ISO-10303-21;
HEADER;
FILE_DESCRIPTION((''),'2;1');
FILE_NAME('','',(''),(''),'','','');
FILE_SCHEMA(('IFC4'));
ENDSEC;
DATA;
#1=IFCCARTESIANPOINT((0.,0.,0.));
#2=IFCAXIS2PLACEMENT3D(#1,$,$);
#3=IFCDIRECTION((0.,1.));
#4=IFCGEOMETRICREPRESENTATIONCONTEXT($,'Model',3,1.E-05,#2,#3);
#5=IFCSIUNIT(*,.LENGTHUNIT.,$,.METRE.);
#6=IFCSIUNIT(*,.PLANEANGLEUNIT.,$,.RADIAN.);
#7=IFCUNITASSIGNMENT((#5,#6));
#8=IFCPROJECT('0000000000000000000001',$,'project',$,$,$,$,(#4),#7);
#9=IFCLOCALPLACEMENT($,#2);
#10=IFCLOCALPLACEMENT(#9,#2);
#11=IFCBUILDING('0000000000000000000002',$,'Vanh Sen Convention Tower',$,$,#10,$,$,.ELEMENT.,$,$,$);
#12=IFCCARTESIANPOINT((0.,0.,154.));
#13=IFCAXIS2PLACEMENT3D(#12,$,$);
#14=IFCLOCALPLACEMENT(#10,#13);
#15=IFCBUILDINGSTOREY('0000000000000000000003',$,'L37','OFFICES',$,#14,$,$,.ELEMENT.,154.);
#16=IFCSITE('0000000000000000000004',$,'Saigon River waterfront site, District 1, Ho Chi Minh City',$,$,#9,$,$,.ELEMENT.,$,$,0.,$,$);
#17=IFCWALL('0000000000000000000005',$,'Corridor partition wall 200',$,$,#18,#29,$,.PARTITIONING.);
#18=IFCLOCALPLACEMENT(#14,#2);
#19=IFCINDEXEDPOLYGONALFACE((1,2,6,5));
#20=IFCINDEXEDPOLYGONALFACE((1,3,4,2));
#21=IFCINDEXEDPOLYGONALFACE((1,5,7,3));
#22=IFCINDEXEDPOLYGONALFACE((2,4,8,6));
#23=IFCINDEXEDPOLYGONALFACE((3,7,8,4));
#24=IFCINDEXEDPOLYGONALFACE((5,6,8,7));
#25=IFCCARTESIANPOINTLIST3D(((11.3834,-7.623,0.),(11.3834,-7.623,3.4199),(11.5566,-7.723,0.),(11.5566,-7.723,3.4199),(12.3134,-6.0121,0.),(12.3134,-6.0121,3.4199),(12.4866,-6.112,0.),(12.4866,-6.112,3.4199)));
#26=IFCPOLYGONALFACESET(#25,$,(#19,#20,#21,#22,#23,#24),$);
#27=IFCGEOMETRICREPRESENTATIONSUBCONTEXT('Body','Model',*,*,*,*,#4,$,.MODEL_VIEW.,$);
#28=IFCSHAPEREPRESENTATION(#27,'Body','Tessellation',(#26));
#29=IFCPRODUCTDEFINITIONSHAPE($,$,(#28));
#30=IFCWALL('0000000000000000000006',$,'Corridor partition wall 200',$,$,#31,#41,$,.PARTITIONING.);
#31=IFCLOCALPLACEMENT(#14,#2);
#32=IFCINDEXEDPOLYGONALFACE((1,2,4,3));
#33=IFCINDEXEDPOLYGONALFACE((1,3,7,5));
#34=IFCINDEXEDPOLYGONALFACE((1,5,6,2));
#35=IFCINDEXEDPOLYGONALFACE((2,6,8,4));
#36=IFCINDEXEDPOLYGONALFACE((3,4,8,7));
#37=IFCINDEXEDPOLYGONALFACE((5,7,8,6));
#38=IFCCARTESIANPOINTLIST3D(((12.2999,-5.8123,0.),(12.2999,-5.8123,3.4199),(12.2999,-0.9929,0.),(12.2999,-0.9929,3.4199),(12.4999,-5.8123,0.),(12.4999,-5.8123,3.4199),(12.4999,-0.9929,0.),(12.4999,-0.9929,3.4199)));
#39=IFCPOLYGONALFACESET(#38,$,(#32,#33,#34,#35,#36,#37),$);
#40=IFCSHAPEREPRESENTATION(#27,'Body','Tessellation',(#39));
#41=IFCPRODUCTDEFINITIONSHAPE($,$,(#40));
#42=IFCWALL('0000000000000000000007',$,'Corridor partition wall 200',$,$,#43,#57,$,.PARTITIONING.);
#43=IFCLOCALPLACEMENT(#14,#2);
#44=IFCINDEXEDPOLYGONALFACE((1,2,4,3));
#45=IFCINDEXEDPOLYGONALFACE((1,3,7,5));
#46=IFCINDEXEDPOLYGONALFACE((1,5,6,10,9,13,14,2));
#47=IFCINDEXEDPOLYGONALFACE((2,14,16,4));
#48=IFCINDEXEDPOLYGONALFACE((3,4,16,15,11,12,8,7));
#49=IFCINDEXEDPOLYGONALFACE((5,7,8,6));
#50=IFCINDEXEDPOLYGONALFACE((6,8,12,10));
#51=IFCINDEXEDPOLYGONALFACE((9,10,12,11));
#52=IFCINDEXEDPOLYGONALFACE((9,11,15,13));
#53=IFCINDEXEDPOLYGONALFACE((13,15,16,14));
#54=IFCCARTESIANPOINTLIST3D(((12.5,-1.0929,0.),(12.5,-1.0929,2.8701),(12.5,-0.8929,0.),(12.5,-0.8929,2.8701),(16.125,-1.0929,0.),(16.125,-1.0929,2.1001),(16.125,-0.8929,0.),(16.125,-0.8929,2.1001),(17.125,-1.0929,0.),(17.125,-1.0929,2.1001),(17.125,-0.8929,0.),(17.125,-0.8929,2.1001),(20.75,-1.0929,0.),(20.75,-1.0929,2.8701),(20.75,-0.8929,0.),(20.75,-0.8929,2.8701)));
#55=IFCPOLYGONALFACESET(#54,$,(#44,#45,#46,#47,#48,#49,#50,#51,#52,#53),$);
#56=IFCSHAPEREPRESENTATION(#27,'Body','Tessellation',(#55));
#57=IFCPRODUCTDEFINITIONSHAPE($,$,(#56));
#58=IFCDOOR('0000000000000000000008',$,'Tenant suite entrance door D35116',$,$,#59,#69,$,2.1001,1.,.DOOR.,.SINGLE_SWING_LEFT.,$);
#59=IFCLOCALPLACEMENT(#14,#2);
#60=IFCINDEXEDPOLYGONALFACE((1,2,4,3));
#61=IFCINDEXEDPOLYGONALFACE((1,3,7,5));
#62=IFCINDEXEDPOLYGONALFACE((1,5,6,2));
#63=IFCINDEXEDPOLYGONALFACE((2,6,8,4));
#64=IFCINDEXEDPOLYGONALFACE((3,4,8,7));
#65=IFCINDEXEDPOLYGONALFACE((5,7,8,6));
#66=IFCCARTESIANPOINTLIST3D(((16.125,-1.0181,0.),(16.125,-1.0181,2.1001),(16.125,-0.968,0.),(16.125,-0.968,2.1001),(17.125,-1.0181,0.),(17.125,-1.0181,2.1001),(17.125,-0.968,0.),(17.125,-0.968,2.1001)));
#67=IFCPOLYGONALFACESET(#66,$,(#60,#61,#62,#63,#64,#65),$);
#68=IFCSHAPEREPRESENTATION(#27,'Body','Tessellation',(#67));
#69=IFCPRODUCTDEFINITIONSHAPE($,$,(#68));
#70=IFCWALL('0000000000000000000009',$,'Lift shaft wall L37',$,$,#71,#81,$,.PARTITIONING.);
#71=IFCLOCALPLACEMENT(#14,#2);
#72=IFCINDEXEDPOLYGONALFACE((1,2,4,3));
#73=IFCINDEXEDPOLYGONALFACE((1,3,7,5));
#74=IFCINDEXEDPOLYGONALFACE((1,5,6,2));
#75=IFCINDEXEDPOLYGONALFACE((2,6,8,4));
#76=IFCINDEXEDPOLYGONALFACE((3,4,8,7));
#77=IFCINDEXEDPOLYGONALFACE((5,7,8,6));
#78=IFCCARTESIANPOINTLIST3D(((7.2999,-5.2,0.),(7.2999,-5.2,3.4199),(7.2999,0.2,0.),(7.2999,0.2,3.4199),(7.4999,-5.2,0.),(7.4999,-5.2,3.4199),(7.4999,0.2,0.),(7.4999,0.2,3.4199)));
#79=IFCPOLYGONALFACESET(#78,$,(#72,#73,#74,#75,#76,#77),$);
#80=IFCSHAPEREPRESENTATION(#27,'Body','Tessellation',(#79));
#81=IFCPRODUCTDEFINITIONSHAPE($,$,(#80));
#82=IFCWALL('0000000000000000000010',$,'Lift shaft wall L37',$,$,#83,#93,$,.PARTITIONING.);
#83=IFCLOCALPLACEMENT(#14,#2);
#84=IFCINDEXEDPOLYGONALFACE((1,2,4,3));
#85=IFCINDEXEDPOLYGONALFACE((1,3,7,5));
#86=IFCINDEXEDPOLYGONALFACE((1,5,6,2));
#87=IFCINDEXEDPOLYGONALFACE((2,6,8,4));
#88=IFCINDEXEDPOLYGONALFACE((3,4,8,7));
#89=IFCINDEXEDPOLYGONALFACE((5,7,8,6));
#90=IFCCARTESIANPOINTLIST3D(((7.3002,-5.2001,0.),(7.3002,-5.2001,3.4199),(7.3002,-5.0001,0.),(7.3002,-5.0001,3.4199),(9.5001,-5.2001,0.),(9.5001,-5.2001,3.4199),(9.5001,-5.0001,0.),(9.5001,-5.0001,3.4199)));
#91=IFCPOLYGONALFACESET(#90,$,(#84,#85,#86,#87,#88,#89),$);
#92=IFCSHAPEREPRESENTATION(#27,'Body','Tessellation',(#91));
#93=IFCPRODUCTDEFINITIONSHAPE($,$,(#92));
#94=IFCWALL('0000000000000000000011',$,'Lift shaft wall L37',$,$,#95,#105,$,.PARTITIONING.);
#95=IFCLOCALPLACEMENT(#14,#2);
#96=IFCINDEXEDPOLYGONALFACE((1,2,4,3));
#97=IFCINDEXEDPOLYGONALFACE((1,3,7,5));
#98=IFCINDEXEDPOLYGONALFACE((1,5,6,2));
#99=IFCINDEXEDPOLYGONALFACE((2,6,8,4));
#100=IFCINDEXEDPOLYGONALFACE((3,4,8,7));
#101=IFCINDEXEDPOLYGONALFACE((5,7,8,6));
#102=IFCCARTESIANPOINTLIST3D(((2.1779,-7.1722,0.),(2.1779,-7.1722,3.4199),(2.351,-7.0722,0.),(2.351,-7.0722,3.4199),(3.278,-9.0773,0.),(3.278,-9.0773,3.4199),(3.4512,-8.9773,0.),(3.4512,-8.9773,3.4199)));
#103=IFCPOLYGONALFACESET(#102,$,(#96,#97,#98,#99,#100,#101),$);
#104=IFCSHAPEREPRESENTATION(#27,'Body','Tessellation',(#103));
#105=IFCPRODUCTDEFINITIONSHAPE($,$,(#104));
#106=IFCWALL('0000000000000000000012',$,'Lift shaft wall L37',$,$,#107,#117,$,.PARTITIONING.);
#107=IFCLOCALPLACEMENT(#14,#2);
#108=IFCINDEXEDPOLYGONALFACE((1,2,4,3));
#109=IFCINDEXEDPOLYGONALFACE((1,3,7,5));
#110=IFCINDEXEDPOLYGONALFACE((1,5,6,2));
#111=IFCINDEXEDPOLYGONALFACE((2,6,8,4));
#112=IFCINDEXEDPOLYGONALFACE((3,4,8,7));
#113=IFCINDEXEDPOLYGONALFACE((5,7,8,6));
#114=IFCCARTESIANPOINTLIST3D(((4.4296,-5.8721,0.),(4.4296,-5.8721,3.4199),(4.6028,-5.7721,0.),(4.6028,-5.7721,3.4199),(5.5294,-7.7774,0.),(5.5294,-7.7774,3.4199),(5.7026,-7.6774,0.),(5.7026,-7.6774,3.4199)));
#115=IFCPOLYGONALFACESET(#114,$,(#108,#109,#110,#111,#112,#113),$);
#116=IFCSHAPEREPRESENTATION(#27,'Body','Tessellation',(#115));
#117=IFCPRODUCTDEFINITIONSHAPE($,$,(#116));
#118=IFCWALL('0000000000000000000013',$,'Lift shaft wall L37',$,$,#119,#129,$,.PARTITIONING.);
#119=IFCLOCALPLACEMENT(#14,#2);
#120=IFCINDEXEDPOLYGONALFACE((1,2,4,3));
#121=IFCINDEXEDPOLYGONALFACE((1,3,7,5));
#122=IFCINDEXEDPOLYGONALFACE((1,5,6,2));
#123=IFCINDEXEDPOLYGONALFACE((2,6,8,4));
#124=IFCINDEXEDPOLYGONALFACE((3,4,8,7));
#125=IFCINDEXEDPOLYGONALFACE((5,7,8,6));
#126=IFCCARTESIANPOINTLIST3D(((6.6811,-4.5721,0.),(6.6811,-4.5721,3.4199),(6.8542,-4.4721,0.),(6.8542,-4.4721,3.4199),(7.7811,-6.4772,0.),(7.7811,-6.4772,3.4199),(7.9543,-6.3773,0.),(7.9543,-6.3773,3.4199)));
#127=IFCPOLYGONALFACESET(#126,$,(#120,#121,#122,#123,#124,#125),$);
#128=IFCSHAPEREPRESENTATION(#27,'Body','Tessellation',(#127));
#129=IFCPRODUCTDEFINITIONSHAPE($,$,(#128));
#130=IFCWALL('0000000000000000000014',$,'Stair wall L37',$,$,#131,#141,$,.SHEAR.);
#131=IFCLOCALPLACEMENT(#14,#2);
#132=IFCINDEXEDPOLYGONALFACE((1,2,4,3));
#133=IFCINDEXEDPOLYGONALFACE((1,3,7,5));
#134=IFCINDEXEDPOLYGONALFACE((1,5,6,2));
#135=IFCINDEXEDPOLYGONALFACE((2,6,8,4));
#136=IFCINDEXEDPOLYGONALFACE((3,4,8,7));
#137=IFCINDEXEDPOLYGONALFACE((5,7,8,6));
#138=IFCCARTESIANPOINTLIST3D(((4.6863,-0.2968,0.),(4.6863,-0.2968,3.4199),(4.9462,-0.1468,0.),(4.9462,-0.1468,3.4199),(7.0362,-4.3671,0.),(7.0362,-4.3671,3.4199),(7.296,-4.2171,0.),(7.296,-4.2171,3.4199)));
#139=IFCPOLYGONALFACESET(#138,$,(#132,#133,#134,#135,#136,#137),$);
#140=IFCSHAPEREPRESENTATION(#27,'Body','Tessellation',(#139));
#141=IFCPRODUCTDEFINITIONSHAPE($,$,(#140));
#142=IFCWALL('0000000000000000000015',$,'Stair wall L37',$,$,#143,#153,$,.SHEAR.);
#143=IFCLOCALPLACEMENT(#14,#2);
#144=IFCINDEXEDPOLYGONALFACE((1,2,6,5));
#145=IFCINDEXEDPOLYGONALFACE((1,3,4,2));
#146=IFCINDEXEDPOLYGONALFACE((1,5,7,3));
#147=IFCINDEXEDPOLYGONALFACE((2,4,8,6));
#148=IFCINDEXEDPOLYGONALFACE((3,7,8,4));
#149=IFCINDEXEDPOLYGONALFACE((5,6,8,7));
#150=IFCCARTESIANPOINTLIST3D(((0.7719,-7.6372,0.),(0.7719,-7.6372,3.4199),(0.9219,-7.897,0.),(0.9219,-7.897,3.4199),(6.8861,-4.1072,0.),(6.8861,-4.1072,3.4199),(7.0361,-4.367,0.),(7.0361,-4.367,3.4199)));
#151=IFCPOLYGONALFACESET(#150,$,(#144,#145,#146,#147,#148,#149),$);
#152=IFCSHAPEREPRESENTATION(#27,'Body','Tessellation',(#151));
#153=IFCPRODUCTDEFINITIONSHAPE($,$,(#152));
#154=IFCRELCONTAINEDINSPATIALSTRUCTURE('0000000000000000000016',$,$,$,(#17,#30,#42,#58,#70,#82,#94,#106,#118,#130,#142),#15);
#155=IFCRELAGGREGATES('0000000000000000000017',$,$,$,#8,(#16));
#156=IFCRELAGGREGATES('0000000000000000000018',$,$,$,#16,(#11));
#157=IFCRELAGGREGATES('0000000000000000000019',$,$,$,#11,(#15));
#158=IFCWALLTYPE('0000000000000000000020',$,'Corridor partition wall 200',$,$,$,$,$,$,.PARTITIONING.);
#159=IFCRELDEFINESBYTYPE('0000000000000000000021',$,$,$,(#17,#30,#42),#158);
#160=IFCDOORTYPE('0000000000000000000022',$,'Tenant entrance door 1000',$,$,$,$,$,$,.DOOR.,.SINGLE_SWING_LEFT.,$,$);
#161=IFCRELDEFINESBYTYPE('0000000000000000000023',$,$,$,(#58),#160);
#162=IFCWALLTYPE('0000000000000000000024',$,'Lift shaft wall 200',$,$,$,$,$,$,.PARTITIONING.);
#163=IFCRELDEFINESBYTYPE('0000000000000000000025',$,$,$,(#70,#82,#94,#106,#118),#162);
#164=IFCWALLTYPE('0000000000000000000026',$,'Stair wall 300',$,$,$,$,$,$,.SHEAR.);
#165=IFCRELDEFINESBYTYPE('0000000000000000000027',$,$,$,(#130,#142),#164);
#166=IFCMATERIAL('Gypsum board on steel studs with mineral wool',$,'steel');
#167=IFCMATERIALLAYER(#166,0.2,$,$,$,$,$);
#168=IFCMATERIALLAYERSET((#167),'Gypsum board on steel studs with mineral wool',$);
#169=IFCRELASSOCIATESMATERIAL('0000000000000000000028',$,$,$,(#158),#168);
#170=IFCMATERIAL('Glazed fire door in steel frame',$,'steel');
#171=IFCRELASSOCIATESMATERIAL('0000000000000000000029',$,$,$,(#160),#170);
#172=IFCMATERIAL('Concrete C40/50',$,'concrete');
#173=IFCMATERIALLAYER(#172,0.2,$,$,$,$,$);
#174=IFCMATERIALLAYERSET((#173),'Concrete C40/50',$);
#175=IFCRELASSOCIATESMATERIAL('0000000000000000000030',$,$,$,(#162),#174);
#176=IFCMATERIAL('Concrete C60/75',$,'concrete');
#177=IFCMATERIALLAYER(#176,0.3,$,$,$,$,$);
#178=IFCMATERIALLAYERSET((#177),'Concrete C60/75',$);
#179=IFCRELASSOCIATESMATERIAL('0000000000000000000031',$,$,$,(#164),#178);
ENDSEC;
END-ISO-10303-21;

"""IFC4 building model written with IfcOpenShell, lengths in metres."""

from ifc_helpers import new_model, si_unit, direction, frame, frame_2d, origin, place, context, subcontext, project, spatial, rectangle, extrude, material, layer, layer_set, type_object, element, fill, save


model = new_model("IFC4")

# Units and contexts
model_context = context("Model", 3, precision=1e-05, world=origin(), true_north=direction((0.0, 1.0)))
body_context = subcontext(model_context, "Body", "Model", "MODEL_VIEW")
ifc_project = project(units=[si_unit("LENGTHUNIT", "METRE"), si_unit("PLANEANGLEUNIT", "RADIAN")], contexts=[model_context])

# Site, building, storey
site_placement = place(None, origin())
site = spatial("IfcSite", under=ifc_project, at=site_placement, Name="Saigon River waterfront site, District 1, Ho Chi Minh City", CompositionType="ELEMENT", RefElevation=0.0)
building_placement = place(site_placement, origin())
building = spatial("IfcBuilding", under=site, at=building_placement, Name="Vanh Sen Convention Tower", CompositionType="ELEMENT")
storey_placement = place(building_placement, frame((0.0, 0.0, 154.0)))
storey = spatial("IfcBuildingStorey", under=building, at=storey_placement, Name="L37", Description="OFFICES", CompositionType="ELEMENT", Elevation=154.0)

# Walls
ifc_material_1 = material(Name="Gypsum board on steel studs with mineral wool", Category="steel")
ifc_layer_1 = layer(ifc_material_1, 0.2)
ifc_layer_set_1 = layer_set([ifc_layer_1], Name="Gypsum board on steel studs with mineral wool")
wall_type_1 = type_object("IfcWallType", Name="Corridor partition wall 200", PredefinedType="PARTITIONING", material=ifc_layer_set_1)
wall_1_placement = place(storey_placement, frame((11.47, -7.6731, 0.0), z_axis=(0.0, 0.0, 1.0), x_axis=(0.499965, 0.866046, 0.0)))
element("IfcWall", 1, at=wall_1_placement, inside=storey, type_object=wall_type_1, Name="Corridor partition wall 200", PredefinedType="PARTITIONING", context=body_context, shape_type="SweptSolid", body=[
    extrude(rectangle(XDim=1.8601, YDim=0.2, at=frame_2d((0.9302, 0.0))), origin(), (0.0, 0.0, 1.0), 3.4199),
])
wall_2_placement = place(storey_placement, frame((12.3999, -5.8123, 0.0), z_axis=(0.0, 0.0, 1.0), x_axis=(0.0, 1.0, 0.0)))
element("IfcWall", 2, at=wall_2_placement, inside=storey, type_object=wall_type_1, Name="Corridor partition wall 200", PredefinedType="PARTITIONING", context=body_context, shape_type="SweptSolid", body=[
    extrude(rectangle(XDim=4.8193, YDim=0.2, at=frame_2d((2.4097, 0.0))), origin(), (0.0, 0.0, 1.0), 3.4199),
])

# Wall, opening, door
wall_3_placement = place(storey_placement, frame((12.5, -0.9929, 0.0), z_axis=(0.0, 0.0, 1.0), x_axis=(1.0, 0.0, 0.0)))
wall_3 = element("IfcWall", 3, at=wall_3_placement, inside=storey, type_object=wall_type_1, Name="Corridor partition wall 200", PredefinedType="PARTITIONING", context=body_context, shape_type="SweptSolid", body=[
    extrude(rectangle(XDim=8.25, YDim=0.2, at=frame_2d((4.125, 0.0))), origin(), (0.0, 0.0, 1.0), 2.8701),
])
opening_1_placement = place(wall_3_placement, frame((3.625, 0.0, 0.0)))
opening_1 = element("IfcOpeningElement", 4, at=opening_1_placement, cuts=wall_3, PredefinedType="OPENING", context=body_context, shape_type="SweptSolid", body=[
    extrude(rectangle(XDim=1.0, YDim=2.1001, at=frame_2d((0.5, 1.05))), frame((0.0, 0.1099, 0.0), z_axis=(0.0, -1.0, 0.0), x_axis=(1.0, 0.0, 0.0)), (0.0, 0.0, 1.0), 0.22),
])
ifc_material_2 = material(Name="Glazed fire door in steel frame", Category="steel")
door_type_1 = type_object("IfcDoorType", Name="Tenant entrance door 1000", OperationType="SINGLE_SWING_LEFT", PredefinedType="DOOR", material=ifc_material_2)
door_1_placement = place(opening_1_placement, origin())
door_1 = element("IfcDoor", 5, at=door_1_placement, inside=storey, type_object=door_type_1, Name="Tenant suite entrance door D35116", OperationType="SINGLE_SWING_LEFT", OverallHeight=2.1001, OverallWidth=1.0, PredefinedType="DOOR", context=body_context, shape_type="SweptSolid", body=[
    extrude(rectangle(XDim=1.0, YDim=2.1001, at=frame_2d((0.5, 1.05))), frame((0.0, 0.0249, 0.0), z_axis=(0.0, -1.0, 0.0), x_axis=(1.0, 0.0, 0.0)), (0.0, 0.0, 1.0), 0.05),
])
fill(opening_1, door_1)

# Walls
ifc_material_3 = material(Name="Concrete C40/50", Category="concrete")
ifc_layer_2 = layer(ifc_material_3, 0.2)
ifc_layer_set_2 = layer_set([ifc_layer_2], Name="Concrete C40/50")
wall_type_2 = type_object("IfcWallType", Name="Lift shaft wall 200", PredefinedType="PARTITIONING", material=ifc_layer_set_2)
wall_4_placement = place(storey_placement, frame((7.3999, -5.2, 0.0), z_axis=(0.0, 0.0, 1.0), x_axis=(0.0, 1.0, 0.0)))
element("IfcWall", 6, at=wall_4_placement, inside=storey, type_object=wall_type_2, Name="Lift shaft wall L37", PredefinedType="PARTITIONING", context=body_context, shape_type="SweptSolid", body=[
    extrude(rectangle(XDim=5.3999, YDim=0.2, at=frame_2d((2.7, 0.0))), origin(), (0.0, 0.0, 1.0), 3.4199),
])
for number, where, z_axis, x_axis, name in (
    (7, (7.3, -5.1001, 0.0), (0.0, 0.0, 1.0), (1.0, 0.0, 0.0), "Lift shaft wall L37"),
    (8, (2.2644, -7.1221, 0.0), (0.0, 0.0, 1.0), (0.500078, -0.86598, 0.0), "Lift shaft wall L37"),
    (9, (4.5161, -5.822, 0.0), (0.0, 0.0, 1.0), (0.499947, -0.866056, 0.0), "Lift shaft wall L37"),
    (10, (6.7676, -4.522, 0.0), (0.0, 0.0, 1.0), (0.50003, -0.866008, 0.0), "Lift shaft wall L37"),
):
    element("IfcWall", number, at=place(storey_placement, frame(where, z_axis=z_axis, x_axis=x_axis)), inside=storey, type_object=wall_type_2, Name=name, PredefinedType="PARTITIONING", context=body_context, shape_type="SweptSolid", body=[
        extrude(rectangle(XDim=2.2, YDim=0.2, at=frame_2d((1.1001, 0.0))), origin(), (0.0, 0.0, 1.0), 3.4199),
    ])
ifc_material_4 = material(Name="Concrete C60/75", Category="concrete")
ifc_layer_3 = layer(ifc_material_4, 0.3)
ifc_layer_set_3 = layer_set([ifc_layer_3], Name="Concrete C60/75")
wall_type_3 = type_object("IfcWallType", Name="Stair wall 300", PredefinedType="SHEAR", material=ifc_layer_set_3)
wall_5_placement = place(storey_placement, frame((4.8162, -0.2217, 0.0), z_axis=(0.0, 0.0, 1.0), x_axis=(0.499977, -0.866039, 0.0)))
element("IfcWall", 11, at=wall_5_placement, inside=storey, type_object=wall_type_3, Name="Stair wall L37", PredefinedType="SHEAR", context=body_context, shape_type="SweptSolid", body=[
    extrude(rectangle(XDim=4.7, YDim=0.3, at=frame_2d((2.3501, 0.0))), origin(), (0.0, 0.0, 1.0), 3.4199),
])
wall_6_placement = place(storey_placement, frame((0.8469, -7.7671, 0.0), z_axis=(0.0, 0.0, 1.0), x_axis=(0.866028, 0.499996, 0.0)))
element("IfcWall", 12, at=wall_6_placement, inside=storey, type_object=wall_type_3, Name="Stair wall L37", PredefinedType="SHEAR", context=body_context, shape_type="SweptSolid", body=[
    extrude(rectangle(XDim=7.0601, YDim=0.3, at=frame_2d((3.53, 0.0))), origin(), (0.0, 0.0, 1.0), 3.4199),
])

save(model, "model.ifc")
